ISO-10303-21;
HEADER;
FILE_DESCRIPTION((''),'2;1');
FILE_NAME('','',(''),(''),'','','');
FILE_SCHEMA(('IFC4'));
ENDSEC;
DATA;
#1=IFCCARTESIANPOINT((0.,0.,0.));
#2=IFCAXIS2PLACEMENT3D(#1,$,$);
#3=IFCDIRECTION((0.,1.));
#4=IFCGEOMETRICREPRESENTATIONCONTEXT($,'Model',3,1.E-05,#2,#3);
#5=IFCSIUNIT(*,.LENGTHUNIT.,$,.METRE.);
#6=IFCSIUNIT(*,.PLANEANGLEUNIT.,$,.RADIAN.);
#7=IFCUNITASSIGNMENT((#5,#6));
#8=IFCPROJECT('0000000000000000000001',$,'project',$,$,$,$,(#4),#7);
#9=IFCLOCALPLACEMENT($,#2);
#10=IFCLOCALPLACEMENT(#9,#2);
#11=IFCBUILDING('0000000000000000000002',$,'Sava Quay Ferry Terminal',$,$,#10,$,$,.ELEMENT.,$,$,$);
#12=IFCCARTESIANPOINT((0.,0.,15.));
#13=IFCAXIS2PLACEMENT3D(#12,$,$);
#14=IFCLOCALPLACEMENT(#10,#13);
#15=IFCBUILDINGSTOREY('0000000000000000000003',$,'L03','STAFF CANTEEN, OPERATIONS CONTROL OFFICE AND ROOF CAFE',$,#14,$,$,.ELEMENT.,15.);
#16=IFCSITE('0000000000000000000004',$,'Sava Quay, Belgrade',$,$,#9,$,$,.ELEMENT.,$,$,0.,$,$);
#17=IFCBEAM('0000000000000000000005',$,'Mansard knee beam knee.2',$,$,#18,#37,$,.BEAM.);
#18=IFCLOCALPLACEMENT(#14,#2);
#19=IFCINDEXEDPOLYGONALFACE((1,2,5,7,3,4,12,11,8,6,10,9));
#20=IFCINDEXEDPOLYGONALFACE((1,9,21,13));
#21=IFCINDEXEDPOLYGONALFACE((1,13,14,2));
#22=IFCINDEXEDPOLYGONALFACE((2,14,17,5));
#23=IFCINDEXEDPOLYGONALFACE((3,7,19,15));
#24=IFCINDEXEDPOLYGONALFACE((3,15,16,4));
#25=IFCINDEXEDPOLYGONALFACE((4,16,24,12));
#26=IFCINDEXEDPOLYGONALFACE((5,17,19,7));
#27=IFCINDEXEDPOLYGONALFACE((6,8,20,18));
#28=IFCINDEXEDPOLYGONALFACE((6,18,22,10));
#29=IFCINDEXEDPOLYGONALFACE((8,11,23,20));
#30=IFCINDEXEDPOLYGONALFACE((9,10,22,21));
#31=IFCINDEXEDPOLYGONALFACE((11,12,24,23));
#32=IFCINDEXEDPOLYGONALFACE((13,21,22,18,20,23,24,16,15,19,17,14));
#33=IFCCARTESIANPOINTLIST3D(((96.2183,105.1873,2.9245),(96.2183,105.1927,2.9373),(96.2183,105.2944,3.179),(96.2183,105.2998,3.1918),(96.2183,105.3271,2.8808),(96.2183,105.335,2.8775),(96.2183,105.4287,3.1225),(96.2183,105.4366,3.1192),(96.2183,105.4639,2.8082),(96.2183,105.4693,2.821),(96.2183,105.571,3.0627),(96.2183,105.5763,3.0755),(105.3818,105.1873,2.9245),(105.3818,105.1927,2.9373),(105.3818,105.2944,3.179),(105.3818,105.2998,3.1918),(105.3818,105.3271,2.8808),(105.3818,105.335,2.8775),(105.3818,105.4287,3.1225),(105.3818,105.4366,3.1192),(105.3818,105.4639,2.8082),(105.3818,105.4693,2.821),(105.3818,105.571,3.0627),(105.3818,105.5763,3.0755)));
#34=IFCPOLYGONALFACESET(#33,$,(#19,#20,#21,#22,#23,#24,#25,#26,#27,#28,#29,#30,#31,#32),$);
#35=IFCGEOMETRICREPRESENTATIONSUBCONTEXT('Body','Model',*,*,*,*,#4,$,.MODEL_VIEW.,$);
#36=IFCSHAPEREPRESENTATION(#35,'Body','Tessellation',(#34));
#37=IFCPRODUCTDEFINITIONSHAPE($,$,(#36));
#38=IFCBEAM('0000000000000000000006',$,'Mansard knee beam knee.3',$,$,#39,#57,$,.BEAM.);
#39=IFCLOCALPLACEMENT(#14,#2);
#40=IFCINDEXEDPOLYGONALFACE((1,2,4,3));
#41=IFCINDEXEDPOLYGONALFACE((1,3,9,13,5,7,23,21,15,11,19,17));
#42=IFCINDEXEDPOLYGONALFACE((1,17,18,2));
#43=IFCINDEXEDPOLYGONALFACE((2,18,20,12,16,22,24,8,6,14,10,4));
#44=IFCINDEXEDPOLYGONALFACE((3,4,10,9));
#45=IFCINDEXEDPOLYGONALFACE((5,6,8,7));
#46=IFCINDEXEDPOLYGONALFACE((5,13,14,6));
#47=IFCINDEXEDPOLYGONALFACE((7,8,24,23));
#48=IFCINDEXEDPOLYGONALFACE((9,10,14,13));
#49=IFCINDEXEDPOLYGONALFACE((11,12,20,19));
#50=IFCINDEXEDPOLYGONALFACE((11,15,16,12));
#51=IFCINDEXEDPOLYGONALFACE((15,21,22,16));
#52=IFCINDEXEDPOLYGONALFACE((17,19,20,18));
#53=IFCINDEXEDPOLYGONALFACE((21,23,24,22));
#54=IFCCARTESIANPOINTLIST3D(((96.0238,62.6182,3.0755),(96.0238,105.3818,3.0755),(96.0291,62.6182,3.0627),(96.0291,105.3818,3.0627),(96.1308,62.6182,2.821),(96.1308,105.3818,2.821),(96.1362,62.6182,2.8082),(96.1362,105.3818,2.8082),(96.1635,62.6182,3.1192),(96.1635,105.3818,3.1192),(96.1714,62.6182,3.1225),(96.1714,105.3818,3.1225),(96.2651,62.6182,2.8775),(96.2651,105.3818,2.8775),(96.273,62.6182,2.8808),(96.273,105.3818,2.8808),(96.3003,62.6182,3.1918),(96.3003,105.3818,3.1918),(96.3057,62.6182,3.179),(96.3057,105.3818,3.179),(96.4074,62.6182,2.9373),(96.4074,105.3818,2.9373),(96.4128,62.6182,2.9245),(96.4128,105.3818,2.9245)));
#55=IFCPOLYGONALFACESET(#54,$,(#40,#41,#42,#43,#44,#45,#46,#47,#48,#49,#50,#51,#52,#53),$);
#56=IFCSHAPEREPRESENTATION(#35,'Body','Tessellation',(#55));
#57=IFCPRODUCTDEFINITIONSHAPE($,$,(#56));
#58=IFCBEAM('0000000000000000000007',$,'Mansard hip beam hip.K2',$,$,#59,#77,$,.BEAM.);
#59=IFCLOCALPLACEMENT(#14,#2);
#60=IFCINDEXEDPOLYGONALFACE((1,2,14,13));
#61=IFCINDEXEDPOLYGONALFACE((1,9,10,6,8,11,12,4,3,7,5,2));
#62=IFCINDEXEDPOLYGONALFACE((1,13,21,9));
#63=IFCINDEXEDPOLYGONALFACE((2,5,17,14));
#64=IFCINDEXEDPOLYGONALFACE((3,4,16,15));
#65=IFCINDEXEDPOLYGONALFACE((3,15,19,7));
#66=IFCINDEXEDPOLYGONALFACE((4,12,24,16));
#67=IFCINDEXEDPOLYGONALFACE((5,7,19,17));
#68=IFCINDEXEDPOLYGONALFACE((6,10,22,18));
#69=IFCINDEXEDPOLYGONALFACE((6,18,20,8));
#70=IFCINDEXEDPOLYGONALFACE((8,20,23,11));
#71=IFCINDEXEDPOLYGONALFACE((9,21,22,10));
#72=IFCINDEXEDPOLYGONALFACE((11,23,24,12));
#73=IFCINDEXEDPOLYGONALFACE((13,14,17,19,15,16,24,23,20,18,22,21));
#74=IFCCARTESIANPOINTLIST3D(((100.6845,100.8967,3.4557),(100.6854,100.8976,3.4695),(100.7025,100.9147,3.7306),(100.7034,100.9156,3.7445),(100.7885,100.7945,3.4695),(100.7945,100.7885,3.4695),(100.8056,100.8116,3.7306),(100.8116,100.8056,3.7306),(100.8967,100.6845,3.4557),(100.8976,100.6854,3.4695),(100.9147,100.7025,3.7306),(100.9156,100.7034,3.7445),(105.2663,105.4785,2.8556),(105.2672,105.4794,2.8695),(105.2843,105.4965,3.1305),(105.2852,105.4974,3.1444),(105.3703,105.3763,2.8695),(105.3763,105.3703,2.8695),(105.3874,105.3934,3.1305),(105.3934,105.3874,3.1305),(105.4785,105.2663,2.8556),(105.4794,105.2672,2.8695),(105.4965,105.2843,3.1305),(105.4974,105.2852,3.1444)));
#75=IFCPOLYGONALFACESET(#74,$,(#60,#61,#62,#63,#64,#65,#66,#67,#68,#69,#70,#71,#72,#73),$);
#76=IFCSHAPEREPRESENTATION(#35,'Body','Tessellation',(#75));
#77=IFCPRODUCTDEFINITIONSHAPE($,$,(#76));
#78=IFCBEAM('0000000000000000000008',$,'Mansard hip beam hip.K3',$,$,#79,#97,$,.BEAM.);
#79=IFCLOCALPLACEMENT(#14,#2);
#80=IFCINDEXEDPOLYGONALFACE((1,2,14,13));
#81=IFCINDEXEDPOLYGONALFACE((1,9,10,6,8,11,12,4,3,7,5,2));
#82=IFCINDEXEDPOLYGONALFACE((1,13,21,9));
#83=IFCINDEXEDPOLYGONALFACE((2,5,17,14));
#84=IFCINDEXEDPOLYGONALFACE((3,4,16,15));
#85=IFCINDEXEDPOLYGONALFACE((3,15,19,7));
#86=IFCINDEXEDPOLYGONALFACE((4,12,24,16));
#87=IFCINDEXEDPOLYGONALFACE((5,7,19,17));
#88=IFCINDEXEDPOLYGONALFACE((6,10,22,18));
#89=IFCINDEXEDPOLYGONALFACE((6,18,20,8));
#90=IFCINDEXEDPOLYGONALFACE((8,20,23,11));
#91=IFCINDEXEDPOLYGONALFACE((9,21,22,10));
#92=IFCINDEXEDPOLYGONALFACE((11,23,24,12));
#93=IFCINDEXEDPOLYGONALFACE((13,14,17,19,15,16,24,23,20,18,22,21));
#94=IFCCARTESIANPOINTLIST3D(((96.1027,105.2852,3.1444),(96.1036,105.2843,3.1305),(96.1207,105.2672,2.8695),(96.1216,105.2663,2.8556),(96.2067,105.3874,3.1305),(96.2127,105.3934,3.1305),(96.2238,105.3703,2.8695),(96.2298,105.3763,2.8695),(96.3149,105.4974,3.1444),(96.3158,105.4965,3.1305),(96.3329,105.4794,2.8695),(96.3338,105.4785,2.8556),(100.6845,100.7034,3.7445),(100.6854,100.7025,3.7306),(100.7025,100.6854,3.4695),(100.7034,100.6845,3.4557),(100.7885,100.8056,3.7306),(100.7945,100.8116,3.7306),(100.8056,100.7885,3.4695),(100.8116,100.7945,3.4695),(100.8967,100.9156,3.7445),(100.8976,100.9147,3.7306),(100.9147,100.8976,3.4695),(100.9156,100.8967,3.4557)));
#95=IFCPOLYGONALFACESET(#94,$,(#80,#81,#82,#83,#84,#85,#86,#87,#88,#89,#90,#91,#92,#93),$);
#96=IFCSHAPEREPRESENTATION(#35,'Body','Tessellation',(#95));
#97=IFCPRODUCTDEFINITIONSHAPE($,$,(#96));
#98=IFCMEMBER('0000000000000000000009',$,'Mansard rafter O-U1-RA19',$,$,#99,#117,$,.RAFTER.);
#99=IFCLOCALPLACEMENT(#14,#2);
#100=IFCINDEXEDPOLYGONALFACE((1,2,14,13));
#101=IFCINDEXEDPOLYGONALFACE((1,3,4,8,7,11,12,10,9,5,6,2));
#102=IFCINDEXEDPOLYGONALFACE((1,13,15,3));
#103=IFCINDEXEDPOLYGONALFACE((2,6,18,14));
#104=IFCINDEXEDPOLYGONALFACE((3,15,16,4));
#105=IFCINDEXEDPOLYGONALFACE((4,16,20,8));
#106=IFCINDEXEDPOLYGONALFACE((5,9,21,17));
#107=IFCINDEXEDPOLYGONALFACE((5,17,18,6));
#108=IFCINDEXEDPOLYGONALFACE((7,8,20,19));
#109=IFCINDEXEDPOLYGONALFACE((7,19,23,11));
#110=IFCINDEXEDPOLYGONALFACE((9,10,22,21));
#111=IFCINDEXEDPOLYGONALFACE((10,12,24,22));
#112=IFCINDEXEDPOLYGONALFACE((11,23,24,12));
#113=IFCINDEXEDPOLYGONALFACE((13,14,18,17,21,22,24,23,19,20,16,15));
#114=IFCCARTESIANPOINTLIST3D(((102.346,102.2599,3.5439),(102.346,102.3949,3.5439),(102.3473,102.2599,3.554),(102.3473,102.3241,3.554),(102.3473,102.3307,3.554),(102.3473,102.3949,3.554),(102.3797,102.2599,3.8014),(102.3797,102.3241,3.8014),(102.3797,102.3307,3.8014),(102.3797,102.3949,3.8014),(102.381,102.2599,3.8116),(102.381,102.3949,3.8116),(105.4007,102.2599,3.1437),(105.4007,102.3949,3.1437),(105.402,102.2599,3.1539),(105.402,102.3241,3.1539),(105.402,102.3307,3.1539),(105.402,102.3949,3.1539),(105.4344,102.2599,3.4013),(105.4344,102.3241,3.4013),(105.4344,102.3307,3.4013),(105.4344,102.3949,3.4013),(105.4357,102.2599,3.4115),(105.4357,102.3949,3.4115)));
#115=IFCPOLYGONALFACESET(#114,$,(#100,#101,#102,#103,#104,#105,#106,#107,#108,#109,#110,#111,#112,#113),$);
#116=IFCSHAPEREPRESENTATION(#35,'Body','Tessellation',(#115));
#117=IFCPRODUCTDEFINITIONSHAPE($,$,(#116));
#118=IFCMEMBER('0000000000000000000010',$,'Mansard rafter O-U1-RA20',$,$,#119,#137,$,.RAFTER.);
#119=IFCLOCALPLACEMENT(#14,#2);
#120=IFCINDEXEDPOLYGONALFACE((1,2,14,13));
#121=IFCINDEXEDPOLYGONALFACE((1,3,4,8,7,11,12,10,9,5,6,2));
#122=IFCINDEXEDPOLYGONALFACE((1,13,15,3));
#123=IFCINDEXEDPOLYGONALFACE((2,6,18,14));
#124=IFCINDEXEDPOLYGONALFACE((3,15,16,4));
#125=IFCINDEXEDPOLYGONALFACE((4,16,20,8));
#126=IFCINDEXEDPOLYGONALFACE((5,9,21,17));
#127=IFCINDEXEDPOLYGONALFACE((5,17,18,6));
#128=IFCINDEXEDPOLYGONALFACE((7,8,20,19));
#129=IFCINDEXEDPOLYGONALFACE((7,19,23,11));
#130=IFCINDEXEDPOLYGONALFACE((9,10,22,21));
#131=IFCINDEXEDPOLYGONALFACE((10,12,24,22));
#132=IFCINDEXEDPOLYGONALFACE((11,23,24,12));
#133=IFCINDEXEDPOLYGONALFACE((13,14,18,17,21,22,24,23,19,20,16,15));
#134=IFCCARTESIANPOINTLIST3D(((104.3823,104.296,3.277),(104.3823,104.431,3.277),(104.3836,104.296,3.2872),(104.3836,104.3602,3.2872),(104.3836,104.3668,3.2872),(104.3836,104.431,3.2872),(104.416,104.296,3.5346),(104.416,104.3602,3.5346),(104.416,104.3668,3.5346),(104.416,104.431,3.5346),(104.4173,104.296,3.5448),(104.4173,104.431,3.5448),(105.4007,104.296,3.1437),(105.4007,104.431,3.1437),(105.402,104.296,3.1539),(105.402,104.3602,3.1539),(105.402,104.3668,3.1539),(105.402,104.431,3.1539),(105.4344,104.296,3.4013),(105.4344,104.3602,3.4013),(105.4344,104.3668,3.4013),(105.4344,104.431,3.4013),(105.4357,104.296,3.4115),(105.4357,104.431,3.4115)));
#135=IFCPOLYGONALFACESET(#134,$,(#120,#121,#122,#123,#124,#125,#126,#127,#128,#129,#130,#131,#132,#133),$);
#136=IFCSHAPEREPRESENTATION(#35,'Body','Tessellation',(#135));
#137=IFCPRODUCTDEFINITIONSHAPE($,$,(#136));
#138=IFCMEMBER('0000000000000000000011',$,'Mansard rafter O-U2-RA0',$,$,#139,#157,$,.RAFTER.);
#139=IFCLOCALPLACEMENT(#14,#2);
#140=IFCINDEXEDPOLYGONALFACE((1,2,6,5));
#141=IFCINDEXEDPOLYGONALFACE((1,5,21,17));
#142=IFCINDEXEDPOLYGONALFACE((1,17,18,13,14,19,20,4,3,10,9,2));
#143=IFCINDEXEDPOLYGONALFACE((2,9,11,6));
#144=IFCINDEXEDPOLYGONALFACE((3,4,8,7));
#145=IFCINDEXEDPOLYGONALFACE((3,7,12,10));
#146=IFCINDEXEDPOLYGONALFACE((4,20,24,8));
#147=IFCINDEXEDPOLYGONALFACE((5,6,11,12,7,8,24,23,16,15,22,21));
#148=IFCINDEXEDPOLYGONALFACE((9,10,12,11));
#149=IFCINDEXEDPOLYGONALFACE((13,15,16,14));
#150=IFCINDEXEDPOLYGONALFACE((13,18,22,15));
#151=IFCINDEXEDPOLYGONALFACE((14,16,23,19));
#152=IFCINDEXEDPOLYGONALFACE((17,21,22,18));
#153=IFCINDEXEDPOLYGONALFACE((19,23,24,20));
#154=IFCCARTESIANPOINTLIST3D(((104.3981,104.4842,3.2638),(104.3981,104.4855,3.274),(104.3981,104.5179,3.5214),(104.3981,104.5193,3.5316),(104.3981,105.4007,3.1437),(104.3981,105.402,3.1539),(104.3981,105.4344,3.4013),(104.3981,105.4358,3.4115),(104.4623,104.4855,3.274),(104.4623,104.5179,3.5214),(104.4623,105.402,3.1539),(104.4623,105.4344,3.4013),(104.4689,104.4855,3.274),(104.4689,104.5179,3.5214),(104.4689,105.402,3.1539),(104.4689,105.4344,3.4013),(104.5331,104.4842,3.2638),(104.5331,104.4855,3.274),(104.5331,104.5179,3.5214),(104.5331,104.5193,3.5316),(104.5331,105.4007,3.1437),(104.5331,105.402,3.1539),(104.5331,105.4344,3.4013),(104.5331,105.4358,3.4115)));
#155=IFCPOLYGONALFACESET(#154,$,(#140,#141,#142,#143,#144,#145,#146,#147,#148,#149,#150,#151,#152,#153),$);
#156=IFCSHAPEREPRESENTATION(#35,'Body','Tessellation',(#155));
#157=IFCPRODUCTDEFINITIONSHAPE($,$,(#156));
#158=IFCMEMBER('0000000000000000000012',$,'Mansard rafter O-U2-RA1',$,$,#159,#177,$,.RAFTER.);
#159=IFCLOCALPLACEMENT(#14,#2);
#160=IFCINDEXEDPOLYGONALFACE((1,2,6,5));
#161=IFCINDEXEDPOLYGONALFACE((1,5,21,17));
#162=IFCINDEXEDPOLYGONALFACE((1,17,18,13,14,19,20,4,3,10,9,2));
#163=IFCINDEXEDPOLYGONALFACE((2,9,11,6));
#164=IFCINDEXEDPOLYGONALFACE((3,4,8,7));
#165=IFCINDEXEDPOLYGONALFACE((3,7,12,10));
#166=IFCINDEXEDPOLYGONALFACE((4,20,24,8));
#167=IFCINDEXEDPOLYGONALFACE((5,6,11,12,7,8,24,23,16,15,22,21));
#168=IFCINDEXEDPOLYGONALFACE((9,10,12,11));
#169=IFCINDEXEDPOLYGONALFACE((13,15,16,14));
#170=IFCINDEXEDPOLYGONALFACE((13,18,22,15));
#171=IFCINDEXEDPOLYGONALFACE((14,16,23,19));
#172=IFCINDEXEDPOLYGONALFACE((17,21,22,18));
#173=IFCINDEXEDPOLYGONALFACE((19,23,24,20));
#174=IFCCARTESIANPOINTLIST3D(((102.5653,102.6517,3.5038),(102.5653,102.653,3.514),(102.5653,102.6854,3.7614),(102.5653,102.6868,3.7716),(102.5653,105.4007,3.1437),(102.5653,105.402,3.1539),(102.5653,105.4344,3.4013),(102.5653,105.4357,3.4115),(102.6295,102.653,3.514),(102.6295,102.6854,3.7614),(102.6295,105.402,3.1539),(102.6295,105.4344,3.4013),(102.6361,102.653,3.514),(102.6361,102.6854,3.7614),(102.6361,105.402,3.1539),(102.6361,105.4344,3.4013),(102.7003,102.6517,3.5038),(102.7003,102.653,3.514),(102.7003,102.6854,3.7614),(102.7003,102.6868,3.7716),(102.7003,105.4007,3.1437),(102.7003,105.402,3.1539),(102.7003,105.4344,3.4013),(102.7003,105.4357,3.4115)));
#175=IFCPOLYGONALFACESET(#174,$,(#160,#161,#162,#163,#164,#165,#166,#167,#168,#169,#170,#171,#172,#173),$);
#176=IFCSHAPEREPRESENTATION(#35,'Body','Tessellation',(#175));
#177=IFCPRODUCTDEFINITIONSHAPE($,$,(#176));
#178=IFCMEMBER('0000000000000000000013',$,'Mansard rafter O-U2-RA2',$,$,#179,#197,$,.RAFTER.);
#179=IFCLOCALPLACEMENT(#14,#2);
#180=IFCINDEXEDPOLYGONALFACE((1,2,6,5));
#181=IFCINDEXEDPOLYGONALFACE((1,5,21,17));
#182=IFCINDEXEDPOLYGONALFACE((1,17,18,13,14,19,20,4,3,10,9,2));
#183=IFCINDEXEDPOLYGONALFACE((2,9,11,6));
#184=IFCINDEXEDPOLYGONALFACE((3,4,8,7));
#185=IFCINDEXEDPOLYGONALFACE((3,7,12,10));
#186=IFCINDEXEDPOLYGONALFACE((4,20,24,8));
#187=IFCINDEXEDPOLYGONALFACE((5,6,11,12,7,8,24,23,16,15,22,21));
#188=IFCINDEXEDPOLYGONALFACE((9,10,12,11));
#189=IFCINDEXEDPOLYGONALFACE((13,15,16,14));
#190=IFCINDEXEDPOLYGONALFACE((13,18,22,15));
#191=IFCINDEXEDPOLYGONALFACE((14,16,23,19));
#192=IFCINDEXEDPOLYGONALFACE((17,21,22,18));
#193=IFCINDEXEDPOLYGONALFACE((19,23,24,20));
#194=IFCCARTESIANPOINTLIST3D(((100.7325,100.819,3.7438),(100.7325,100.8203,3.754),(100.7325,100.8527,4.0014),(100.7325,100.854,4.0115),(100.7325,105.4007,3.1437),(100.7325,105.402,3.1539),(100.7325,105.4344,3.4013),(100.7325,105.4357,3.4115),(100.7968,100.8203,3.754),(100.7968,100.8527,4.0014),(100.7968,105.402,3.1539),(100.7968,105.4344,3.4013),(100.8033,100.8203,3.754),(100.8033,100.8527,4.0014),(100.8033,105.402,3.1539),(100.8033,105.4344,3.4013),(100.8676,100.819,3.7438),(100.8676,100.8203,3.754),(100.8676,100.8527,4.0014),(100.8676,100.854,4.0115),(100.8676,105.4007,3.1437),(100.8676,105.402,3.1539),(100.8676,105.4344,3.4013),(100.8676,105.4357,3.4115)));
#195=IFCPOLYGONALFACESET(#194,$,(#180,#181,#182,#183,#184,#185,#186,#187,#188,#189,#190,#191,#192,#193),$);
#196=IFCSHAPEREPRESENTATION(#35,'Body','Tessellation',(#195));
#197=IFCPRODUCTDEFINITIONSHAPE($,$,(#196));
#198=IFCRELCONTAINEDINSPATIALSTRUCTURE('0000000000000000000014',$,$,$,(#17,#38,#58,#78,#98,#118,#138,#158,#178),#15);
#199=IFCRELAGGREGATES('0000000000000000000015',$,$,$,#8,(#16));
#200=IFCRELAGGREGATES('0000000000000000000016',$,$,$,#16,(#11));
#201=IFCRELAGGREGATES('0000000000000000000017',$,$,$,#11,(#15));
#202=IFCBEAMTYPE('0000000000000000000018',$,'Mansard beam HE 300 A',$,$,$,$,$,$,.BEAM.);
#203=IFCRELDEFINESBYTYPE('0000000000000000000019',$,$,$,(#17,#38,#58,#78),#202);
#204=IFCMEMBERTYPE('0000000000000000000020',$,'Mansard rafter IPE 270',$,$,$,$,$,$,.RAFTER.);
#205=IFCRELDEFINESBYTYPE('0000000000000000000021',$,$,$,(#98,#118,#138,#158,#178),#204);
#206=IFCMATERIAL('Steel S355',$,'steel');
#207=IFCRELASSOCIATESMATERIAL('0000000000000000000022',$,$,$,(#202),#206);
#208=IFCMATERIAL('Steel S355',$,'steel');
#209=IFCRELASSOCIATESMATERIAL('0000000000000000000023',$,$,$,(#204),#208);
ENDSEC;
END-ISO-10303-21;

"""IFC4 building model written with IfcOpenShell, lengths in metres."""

from ifc_helpers import new_model, si_unit, direction, frame, origin, origin_2d, place, context, subcontext, project, spatial, i_section, extrude, material, material_profile, profile_set, type_object, element, save


model = new_model("IFC4")

# Units and contexts
model_context = context("Model", 3, precision=1e-05, world=origin(), true_north=direction((0.0, 1.0)))
body_context = subcontext(model_context, "Body", "Model", "MODEL_VIEW")
ifc_project = project(units=[si_unit("LENGTHUNIT", "METRE"), si_unit("PLANEANGLEUNIT", "RADIAN")], contexts=[model_context])

# Site, building, storey
site_placement = place(None, origin())
site = spatial("IfcSite", under=ifc_project, at=site_placement, Name="Sava Quay, Belgrade", CompositionType="ELEMENT", RefElevation=0.0)
building_placement = place(site_placement, origin())
building = spatial("IfcBuilding", under=site, at=building_placement, Name="Sava Quay Ferry Terminal", CompositionType="ELEMENT")
storey_placement = place(building_placement, frame((0.0, 0.0, 15.0)))
storey = spatial("IfcBuildingStorey", under=building, at=storey_placement, Name="L03", Description="STAFF CANTEEN, OPERATIONS CONTROL OFFICE AND ROOF CAFE", CompositionType="ELEMENT", Elevation=15.0)

# Beams
ifc_material_1 = material(Name="Steel S355", Category="steel")
ifc_material_profile_1 = material_profile(ifc_material_1, i_section(OverallWidth=0.3, OverallDepth=0.29, WebThickness=0.0085, FlangeThickness=0.0139, at=origin_2d()), Name="HE 300 A")
ifc_profile_set_1 = profile_set([ifc_material_profile_1], Name="Steel S355")
beam_type = type_object("IfcBeamType", Name="Mansard beam HE 300 A", PredefinedType="BEAM", material=ifc_profile_set_1)
beam_1_placement = place(storey_placement, frame((105.3818, 105.3818, 3.0), z_axis=(-1.0, 0.0, 0.0), x_axis=(0.0, -0.921803, 0.387659)))
element("IfcBeam", 1, at=beam_1_placement, inside=storey, type_object=beam_type, Name="Mansard knee beam knee.2", PredefinedType="BEAM", context=body_context, shape_type="SweptSolid", body=[
    extrude(i_section(OverallWidth=0.3, OverallDepth=0.29, WebThickness=0.0085, FlangeThickness=0.0139, at=origin_2d()), origin(), (0.0, 0.0, 1.0), 9.1636),
])
beam_2_placement = place(storey_placement, frame((96.2183, 105.3818, 3.0), z_axis=(0.0, -1.0, 0.0), x_axis=(0.921803, 0.0, 0.387659)))
element("IfcBeam", 2, at=beam_2_placement, inside=storey, type_object=beam_type, Name="Mansard knee beam knee.3", PredefinedType="BEAM", context=body_context, shape_type="SweptSolid", body=[
    extrude(i_section(OverallWidth=0.3, OverallDepth=0.29, WebThickness=0.0085, FlangeThickness=0.0139, at=origin_2d()), origin(), (0.0, 0.0, 1.0), 42.7637),
])
for number, where, z_axis, x_axis, name in (
    (3, (105.3818, 105.3818, 3.0), (-0.704094, -0.704094, 0.092218), (0.707107, -0.707107, 0.0), "Mansard hip beam hip.K2"),
    (4, (96.2183, 105.3818, 3.0), (0.704094, -0.704094, 0.092218), (0.707107, 0.707107, 0.0), "Mansard hip beam hip.K3"),
):
    element("IfcBeam", number, at=place(storey_placement, frame(where, z_axis=z_axis, x_axis=x_axis)), inside=storey, type_object=beam_type, Name=name, PredefinedType="BEAM", context=body_context, shape_type="SweptSolid", body=[
        extrude(i_section(OverallWidth=0.3, OverallDepth=0.29, WebThickness=0.0085, FlangeThickness=0.0139, at=origin_2d()), origin(), (0.0, 0.0, 1.0), 6.5073),
    ])

# Members
ifc_material_2 = material(Name="Steel S355", Category="steel")
ifc_material_profile_2 = material_profile(ifc_material_2, i_section(OverallWidth=0.135, OverallDepth=0.27, WebThickness=0.0066, FlangeThickness=0.0103, at=origin_2d()), Name="IPE 270")
ifc_profile_set_2 = profile_set([ifc_material_profile_2], Name="Steel S355")
member_type = type_object("IfcMemberType", Name="Mansard rafter IPE 270", PredefinedType="RAFTER", material=ifc_profile_set_2)
member_1_placement = place(storey_placement, frame((105.4182, 102.3274, 3.2776), z_axis=(-0.991529, 0.0, 0.129885), x_axis=(0.0, -1.0, 0.0)))
element("IfcMember", 5, at=member_1_placement, inside=storey, type_object=member_type, Name="Mansard rafter O-U1-RA19", PredefinedType="RAFTER", context=body_context, shape_type="SweptSolid", body=[
    extrude(i_section(OverallWidth=0.135, OverallDepth=0.27, WebThickness=0.0066, FlangeThickness=0.0103, at=origin_2d()), origin(), (0.0, 0.0, 1.0), 3.0808),
])
member_2_placement = place(storey_placement, frame((105.4182, 104.3635, 3.2776), z_axis=(-0.991541, 0.0, 0.129796), x_axis=(0.0, -1.0, 0.0)))
element("IfcMember", 6, at=member_2_placement, inside=storey, type_object=member_type, Name="Mansard rafter O-U1-RA20", PredefinedType="RAFTER", context=body_context, shape_type="SweptSolid", body=[
    extrude(i_section(OverallWidth=0.135, OverallDepth=0.27, WebThickness=0.0066, FlangeThickness=0.0103, at=origin_2d()), origin(), (0.0, 0.0, 1.0), 1.0271),
])
member_3_placement = place(storey_placement, frame((104.4656, 105.4182, 3.2776), z_axis=(0.0, -0.991521, 0.129949), x_axis=(1.0, 0.0, 0.0)))
element("IfcMember", 7, at=member_3_placement, inside=storey, type_object=member_type, Name="Mansard rafter O-U2-RA0", PredefinedType="RAFTER", context=body_context, shape_type="SweptSolid", body=[
    extrude(i_section(OverallWidth=0.135, OverallDepth=0.27, WebThickness=0.0066, FlangeThickness=0.0103, at=origin_2d()), origin(), (0.0, 0.0, 1.0), 0.9243),
])
member_4_placement = place(storey_placement, frame((102.6328, 105.4182, 3.2776), z_axis=(0.0, -0.991529, 0.129885), x_axis=(1.0, 0.0, 0.0)))
element("IfcMember", 8, at=member_4_placement, inside=storey, type_object=member_type, Name="Mansard rafter O-U2-RA1", PredefinedType="RAFTER", context=body_context, shape_type="SweptSolid", body=[
    extrude(i_section(OverallWidth=0.135, OverallDepth=0.27, WebThickness=0.0066, FlangeThickness=0.0103, at=origin_2d()), origin(), (0.0, 0.0, 1.0), 2.7725),
])
member_5_placement = place(storey_placement, frame((100.8, 105.4182, 3.2776), z_axis=(0.0, -0.991532, 0.129865), x_axis=(1.0, 0.0, 0.0)))
element("IfcMember", 9, at=member_5_placement, inside=storey, type_object=member_type, Name="Mansard rafter O-U2-RA2", PredefinedType="RAFTER", context=body_context, shape_type="SweptSolid", body=[
    extrude(i_section(OverallWidth=0.135, OverallDepth=0.27, WebThickness=0.0066, FlangeThickness=0.0103, at=origin_2d()), origin(), (0.0, 0.0, 1.0), 4.6208),
])

save(model, "model.ifc")
